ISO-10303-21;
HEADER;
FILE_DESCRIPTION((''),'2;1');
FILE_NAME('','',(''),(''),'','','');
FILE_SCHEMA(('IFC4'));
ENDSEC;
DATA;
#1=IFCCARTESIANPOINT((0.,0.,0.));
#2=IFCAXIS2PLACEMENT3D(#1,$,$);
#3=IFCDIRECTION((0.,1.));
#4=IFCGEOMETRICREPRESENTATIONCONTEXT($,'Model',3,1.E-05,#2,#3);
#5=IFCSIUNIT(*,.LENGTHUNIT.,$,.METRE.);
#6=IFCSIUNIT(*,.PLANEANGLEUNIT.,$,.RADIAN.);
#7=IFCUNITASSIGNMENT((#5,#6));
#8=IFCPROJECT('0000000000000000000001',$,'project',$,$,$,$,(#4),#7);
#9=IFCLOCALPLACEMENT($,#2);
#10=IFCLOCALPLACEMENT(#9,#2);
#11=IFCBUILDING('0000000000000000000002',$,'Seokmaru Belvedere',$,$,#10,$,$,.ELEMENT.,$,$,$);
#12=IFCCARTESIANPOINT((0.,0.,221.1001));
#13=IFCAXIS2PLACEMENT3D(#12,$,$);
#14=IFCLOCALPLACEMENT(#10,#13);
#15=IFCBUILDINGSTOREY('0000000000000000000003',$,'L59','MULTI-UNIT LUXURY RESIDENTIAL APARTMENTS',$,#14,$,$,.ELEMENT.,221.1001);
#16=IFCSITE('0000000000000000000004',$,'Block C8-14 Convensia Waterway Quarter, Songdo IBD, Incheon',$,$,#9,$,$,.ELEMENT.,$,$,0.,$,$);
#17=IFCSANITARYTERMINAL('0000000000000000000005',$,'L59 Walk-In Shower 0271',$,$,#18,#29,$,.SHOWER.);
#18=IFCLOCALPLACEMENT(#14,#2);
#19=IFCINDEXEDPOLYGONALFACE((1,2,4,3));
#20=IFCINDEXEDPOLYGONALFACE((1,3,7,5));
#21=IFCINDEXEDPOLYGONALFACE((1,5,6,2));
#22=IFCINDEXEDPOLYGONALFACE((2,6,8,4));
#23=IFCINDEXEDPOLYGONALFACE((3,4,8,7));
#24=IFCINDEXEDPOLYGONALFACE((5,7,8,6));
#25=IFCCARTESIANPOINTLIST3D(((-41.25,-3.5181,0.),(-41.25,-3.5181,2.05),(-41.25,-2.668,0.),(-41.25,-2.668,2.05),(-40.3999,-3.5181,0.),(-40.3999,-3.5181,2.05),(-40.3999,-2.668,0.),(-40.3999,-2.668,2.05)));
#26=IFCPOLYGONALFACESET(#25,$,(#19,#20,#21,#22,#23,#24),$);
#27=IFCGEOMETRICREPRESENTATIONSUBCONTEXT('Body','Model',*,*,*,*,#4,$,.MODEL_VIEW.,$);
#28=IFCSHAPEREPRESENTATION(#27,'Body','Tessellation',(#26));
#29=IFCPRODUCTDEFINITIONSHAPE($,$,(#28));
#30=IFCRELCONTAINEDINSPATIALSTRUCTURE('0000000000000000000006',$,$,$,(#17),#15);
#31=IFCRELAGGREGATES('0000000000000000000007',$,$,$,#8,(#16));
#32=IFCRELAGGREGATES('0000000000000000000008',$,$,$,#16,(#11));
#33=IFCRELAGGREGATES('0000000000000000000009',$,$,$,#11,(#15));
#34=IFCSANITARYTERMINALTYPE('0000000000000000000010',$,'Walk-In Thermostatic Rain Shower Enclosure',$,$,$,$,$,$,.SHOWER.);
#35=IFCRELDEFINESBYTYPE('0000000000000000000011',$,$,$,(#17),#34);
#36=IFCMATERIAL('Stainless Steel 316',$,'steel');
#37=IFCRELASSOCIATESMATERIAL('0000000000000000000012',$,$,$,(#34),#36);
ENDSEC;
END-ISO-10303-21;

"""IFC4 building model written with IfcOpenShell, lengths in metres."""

from ifc_helpers import new_model, si_unit, direction, frame, origin, origin_2d, place, context, subcontext, project, spatial, rectangle, extrude, source, transform, mapped, material, type_object, type_shapes, element, save


model = new_model("IFC4")

# Units and contexts
model_context = context("Model", 3, precision=1e-05, world=origin(), true_north=direction((0.0, 1.0)))
body_context = subcontext(model_context, "Body", "Model", "MODEL_VIEW")
ifc_project = project(units=[si_unit("LENGTHUNIT", "METRE"), si_unit("PLANEANGLEUNIT", "RADIAN")], contexts=[model_context])

# Site, building, storey
site_placement = place(None, origin())
site = spatial("IfcSite", under=ifc_project, at=site_placement, Name="Block C8-14 Convensia Waterway Quarter, Songdo IBD, Incheon", CompositionType="ELEMENT", RefElevation=0.0)
building_placement = place(site_placement, origin())
building = spatial("IfcBuilding", under=site, at=building_placement, Name="Seokmaru Belvedere", CompositionType="ELEMENT")
storey_placement = place(building_placement, frame((0.0, 0.0, 221.1001)))
storey = spatial("IfcBuildingStorey", under=building, at=storey_placement, Name="L59", Description="MULTI-UNIT LUXURY RESIDENTIAL APARTMENTS", CompositionType="ELEMENT", Elevation=221.1001)

# Shared definitions
ifc_material_1 = material(Name="Stainless Steel 316", Category="steel")

# Sanitary terminal
sanitary_terminal_type_1 = type_object("IfcSanitaryTerminalType", Name="Walk-In Thermostatic Rain Shower Enclosure", PredefinedType="SHOWER", material=ifc_material_1)
shared_shape_1 = source(origin(), body_context, "Body", "SweptSolid", [
    extrude(rectangle(XDim=0.8501, YDim=0.8501, at=origin_2d()), origin(), (0.0, 0.0, 1.0), 2.05),
])
type_shapes(sanitary_terminal_type_1, [shared_shape_1])
sanitary_terminal_1_placement = place(storey_placement, frame((-40.825, -3.093, 0.0), z_axis=(0.0, 0.0, 1.0), x_axis=(1.0, 0.0, 0.0)))
element("IfcSanitaryTerminal", 1, at=sanitary_terminal_1_placement, inside=storey, type_object=sanitary_terminal_type_1, Name="L59 Walk-In Shower 0271", PredefinedType="SHOWER", context=body_context, shape_type="MappedRepresentation", body=[
    mapped(shared_shape_1, transform((0.0, 0.0, 0.0), scale=1.0)),
])

save(model, "model.ifc")
